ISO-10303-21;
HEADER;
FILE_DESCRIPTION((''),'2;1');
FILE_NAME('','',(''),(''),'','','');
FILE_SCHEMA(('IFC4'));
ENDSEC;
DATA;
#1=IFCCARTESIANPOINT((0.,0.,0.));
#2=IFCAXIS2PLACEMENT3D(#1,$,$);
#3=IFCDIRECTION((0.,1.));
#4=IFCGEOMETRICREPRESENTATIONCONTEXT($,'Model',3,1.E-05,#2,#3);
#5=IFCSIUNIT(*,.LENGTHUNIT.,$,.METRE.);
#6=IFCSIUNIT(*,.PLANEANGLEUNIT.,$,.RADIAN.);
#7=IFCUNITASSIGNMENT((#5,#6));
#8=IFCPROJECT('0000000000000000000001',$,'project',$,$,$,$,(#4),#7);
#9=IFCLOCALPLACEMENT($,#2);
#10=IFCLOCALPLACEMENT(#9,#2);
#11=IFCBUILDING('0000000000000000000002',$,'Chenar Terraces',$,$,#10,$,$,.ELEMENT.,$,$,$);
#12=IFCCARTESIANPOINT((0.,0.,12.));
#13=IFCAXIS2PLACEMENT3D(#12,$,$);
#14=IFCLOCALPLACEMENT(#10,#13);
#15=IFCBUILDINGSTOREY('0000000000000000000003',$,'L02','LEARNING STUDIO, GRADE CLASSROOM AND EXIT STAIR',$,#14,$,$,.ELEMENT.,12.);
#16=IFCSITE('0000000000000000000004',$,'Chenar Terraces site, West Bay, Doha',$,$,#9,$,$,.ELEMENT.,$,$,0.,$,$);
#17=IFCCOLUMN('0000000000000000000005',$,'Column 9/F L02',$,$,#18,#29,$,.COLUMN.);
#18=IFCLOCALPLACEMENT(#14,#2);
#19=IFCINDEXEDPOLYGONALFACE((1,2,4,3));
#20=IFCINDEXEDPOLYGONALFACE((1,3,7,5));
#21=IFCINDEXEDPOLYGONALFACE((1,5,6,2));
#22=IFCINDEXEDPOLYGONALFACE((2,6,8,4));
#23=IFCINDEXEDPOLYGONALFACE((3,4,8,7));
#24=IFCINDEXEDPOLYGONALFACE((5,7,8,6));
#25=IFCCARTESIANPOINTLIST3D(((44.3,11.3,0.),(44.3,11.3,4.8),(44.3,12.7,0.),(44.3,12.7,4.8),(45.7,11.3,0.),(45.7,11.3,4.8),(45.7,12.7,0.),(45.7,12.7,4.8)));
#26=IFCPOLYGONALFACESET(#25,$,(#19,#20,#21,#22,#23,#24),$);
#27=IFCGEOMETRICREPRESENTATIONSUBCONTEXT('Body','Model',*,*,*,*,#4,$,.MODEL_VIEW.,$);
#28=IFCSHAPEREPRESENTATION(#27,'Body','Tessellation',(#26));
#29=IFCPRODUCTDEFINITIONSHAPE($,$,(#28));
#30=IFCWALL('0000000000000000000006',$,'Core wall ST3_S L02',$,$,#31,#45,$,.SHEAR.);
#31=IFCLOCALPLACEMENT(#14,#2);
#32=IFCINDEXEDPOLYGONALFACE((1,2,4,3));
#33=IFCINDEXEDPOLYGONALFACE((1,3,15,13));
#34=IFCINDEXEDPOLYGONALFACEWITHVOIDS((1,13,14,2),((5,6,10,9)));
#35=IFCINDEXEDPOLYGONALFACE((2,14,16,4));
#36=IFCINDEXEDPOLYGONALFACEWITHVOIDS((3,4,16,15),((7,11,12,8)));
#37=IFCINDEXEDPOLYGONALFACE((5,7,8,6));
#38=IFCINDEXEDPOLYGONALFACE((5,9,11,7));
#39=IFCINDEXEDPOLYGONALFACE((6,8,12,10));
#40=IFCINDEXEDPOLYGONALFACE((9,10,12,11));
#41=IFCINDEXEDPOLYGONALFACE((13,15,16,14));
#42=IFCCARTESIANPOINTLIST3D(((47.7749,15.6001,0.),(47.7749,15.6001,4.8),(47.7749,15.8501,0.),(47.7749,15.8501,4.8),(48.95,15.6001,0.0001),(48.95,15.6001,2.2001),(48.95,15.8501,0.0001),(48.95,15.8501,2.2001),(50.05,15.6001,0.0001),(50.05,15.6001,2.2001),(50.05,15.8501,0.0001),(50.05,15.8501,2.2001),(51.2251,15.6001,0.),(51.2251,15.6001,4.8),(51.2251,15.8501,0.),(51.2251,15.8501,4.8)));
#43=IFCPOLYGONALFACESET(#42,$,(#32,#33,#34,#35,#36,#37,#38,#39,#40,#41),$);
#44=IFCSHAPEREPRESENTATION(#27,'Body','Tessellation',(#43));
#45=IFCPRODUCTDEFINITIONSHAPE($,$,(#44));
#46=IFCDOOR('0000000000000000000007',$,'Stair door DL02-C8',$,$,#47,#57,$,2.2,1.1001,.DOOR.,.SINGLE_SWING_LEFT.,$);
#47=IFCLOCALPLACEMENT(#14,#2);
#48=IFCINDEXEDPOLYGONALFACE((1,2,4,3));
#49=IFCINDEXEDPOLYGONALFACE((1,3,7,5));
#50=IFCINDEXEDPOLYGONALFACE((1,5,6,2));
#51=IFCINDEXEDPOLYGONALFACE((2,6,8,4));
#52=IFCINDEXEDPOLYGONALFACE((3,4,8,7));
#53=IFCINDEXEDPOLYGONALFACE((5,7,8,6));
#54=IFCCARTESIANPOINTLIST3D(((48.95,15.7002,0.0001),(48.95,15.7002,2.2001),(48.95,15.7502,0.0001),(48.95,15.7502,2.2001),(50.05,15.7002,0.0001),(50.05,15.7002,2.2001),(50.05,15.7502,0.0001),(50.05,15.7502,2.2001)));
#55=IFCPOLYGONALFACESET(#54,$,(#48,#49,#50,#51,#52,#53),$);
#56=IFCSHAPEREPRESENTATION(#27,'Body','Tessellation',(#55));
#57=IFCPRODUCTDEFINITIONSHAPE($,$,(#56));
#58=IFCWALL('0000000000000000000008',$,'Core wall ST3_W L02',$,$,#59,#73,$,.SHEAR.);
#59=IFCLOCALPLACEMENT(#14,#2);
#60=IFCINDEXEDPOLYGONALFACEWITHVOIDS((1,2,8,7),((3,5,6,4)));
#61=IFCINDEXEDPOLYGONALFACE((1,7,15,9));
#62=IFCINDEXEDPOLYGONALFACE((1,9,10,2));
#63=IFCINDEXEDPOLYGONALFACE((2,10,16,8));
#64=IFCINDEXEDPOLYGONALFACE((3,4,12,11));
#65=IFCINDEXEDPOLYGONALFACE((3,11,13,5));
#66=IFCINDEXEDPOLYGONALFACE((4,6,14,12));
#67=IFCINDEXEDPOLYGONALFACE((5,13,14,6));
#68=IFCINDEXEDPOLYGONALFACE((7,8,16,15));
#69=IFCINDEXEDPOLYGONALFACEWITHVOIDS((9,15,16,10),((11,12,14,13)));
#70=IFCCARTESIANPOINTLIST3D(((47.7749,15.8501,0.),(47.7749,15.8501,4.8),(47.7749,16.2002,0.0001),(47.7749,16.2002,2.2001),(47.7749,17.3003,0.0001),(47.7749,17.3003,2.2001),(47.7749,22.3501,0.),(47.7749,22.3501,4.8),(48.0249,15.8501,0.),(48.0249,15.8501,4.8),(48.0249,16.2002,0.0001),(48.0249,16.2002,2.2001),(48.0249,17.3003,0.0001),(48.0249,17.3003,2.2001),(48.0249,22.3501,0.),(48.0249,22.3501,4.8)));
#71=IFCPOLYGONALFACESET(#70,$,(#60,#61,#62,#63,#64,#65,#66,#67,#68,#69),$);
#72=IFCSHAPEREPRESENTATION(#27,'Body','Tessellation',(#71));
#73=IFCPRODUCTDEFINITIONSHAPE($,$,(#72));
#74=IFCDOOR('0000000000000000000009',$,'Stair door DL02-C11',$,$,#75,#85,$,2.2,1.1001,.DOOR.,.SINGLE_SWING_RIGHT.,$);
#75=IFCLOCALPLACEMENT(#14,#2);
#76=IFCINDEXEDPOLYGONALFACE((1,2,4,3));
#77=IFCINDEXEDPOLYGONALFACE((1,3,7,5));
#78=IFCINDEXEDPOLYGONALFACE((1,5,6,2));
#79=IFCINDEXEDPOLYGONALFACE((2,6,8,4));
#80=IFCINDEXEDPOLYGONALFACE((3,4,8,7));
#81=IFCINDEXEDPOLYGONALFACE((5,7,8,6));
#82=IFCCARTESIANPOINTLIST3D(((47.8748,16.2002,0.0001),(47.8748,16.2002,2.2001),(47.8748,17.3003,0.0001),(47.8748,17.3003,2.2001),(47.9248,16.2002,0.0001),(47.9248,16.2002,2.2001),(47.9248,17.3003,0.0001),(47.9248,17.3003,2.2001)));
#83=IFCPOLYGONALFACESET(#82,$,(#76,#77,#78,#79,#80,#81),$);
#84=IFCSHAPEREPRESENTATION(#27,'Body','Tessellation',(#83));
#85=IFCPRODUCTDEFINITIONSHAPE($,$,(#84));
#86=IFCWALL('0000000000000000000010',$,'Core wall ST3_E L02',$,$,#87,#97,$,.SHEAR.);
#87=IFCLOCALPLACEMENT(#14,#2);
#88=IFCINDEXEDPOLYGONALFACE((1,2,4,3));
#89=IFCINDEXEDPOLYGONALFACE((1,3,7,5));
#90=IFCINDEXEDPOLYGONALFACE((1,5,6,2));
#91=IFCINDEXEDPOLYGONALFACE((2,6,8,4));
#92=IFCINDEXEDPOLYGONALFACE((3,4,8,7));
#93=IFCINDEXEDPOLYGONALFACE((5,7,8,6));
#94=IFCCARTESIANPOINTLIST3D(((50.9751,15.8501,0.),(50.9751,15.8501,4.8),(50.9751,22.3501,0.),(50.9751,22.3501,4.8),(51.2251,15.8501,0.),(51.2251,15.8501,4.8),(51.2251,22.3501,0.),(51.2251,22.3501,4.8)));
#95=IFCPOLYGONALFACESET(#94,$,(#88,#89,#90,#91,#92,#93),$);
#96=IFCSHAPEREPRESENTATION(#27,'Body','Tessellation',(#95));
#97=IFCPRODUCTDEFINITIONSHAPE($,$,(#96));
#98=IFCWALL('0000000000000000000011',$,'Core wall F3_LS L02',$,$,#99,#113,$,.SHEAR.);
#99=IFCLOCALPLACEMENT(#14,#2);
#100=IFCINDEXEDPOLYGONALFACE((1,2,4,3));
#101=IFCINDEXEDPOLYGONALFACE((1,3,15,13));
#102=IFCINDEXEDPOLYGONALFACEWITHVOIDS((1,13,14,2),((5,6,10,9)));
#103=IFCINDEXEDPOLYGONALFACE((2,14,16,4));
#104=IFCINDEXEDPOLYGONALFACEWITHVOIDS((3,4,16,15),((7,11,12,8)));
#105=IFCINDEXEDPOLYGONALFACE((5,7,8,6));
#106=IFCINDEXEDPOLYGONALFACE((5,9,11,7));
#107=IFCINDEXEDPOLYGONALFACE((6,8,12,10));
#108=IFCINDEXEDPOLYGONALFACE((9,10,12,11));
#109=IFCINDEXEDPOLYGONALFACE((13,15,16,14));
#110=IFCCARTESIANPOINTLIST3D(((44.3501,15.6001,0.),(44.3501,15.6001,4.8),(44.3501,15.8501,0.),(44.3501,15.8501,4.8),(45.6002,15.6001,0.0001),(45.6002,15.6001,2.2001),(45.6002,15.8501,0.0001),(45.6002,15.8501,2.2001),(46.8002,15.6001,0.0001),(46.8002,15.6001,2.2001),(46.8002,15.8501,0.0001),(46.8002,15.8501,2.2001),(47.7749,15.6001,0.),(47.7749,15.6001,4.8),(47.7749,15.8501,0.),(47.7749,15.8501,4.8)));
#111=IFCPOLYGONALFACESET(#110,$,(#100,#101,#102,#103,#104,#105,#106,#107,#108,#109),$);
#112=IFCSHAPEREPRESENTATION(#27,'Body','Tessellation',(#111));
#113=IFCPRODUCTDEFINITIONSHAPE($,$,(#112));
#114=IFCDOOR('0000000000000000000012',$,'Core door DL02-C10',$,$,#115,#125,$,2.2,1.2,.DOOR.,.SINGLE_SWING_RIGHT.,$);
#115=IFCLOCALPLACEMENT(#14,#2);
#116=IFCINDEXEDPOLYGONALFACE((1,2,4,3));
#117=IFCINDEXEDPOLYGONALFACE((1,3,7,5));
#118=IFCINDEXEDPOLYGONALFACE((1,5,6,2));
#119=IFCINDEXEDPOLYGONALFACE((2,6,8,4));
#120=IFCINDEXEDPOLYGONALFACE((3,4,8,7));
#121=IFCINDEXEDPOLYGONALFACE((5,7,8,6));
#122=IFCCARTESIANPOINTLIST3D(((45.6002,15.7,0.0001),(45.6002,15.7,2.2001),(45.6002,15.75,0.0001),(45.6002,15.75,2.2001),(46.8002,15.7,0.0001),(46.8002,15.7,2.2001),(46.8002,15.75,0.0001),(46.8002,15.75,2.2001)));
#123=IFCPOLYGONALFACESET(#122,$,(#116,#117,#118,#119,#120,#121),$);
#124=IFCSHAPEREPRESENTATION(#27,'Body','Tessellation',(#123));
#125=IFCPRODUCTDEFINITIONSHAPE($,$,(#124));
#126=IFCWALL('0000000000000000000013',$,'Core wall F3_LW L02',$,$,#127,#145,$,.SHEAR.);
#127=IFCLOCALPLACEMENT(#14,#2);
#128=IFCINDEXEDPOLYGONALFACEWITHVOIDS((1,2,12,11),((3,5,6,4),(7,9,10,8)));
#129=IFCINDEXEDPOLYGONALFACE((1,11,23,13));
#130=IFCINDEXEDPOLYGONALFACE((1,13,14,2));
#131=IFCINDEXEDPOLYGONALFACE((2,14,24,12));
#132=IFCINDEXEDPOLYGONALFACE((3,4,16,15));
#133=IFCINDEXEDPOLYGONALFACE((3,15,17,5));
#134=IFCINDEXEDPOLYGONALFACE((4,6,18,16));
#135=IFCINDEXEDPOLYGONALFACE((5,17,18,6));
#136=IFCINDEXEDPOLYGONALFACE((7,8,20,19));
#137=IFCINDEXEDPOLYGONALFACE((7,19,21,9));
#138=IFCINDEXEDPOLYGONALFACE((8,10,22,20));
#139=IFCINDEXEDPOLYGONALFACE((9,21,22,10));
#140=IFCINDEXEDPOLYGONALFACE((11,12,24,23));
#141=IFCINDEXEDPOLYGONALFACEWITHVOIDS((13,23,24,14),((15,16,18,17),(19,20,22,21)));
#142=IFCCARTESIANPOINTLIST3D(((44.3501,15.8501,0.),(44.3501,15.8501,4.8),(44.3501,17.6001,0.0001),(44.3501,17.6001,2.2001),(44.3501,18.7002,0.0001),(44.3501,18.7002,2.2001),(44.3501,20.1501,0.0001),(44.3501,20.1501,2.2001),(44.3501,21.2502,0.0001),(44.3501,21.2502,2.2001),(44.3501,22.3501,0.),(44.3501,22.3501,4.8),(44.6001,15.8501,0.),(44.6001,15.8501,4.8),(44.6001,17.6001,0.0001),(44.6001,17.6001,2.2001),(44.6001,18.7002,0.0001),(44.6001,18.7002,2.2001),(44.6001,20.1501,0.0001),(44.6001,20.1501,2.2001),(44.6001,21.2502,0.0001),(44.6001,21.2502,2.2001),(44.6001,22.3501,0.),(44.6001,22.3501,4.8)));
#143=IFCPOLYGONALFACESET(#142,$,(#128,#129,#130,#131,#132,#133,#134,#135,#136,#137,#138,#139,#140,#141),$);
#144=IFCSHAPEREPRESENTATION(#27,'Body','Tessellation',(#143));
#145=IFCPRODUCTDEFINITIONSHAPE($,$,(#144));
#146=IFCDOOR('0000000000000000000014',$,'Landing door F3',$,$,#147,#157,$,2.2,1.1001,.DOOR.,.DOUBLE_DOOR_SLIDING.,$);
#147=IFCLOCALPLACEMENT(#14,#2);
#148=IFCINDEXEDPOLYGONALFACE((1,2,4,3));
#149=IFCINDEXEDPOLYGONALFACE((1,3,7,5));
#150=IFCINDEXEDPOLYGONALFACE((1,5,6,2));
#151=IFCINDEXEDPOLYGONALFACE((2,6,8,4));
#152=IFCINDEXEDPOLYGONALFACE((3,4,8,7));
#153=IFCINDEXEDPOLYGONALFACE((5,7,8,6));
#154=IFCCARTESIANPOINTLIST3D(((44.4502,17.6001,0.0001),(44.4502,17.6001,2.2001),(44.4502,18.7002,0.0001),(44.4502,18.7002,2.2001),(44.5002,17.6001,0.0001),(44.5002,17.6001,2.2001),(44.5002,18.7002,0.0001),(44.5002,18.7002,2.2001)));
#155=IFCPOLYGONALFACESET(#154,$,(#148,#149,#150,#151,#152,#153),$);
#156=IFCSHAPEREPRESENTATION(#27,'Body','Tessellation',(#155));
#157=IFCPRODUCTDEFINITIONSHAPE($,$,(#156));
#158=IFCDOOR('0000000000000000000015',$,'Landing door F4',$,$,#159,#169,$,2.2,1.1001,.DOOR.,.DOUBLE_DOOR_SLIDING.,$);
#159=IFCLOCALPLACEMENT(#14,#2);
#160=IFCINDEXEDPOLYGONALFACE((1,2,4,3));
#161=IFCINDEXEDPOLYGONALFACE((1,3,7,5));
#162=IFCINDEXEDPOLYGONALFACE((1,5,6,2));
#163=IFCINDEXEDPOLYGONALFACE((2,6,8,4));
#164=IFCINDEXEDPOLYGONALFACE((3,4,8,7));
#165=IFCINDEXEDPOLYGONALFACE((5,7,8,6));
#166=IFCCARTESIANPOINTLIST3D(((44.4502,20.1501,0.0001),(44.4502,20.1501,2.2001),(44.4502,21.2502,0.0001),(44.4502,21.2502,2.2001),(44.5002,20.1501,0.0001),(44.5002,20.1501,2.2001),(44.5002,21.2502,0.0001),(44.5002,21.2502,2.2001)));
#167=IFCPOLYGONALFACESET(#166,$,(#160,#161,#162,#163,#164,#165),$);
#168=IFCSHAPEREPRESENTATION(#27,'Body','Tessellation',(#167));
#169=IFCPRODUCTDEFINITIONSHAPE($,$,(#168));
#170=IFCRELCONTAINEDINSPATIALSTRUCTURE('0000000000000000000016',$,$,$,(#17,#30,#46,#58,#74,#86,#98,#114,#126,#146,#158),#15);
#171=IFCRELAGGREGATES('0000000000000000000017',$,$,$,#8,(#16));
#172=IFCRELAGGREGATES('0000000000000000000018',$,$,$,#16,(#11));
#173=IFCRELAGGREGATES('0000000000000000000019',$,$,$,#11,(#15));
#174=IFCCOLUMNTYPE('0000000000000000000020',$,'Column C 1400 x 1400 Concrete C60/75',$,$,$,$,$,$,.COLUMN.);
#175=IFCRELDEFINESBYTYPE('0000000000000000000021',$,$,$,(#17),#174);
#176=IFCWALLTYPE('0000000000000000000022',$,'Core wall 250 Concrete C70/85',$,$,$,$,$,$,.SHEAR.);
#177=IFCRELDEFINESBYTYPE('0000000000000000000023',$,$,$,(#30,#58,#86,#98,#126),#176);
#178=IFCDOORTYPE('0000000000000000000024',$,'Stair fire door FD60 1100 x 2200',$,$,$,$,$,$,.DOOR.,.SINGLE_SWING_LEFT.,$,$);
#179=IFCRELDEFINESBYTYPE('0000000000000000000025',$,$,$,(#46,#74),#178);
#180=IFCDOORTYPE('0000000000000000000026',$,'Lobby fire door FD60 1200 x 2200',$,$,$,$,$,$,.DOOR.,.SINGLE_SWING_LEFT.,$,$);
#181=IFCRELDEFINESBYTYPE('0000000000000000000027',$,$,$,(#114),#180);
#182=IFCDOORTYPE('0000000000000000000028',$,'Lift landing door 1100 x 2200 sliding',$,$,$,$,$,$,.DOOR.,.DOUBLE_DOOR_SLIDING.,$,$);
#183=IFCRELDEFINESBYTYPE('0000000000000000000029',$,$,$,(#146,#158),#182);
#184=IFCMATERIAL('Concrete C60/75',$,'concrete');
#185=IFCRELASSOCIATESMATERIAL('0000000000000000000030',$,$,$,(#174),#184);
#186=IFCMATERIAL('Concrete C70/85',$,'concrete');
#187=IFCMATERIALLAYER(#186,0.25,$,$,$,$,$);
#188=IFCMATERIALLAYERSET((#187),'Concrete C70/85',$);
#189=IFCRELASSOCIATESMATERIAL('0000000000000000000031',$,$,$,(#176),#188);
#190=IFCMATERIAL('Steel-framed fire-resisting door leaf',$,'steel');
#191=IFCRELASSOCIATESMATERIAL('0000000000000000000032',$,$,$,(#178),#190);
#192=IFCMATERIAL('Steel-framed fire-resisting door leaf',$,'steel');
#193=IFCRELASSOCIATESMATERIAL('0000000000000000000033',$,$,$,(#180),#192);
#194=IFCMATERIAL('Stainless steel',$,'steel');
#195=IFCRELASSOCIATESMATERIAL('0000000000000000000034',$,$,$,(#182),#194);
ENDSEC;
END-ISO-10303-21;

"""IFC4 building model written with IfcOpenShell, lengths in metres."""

from ifc_helpers import new_model, si_unit, direction, frame, frame_2d, origin, origin_2d, place, context, subcontext, project, spatial, rectangle, extrude, material, layer, layer_set, material_profile, profile_set, type_object, element, fill, save


model = new_model("IFC4")

# Units and contexts
model_context = context("Model", 3, precision=1e-05, world=origin(), true_north=direction((0.0, 1.0)))
body_context = subcontext(model_context, "Body", "Model", "MODEL_VIEW")
ifc_project = project(units=[si_unit("LENGTHUNIT", "METRE"), si_unit("PLANEANGLEUNIT", "RADIAN")], contexts=[model_context])

# Site, building, storey
site_placement = place(None, origin())
site = spatial("IfcSite", under=ifc_project, at=site_placement, Name="Chenar Terraces site, West Bay, Doha", CompositionType="ELEMENT", RefElevation=0.0)
building_placement = place(site_placement, origin())
building = spatial("IfcBuilding", under=site, at=building_placement, Name="Chenar Terraces", CompositionType="ELEMENT")
storey_placement = place(building_placement, frame((0.0, 0.0, 12.0)))
storey = spatial("IfcBuildingStorey", under=building, at=storey_placement, Name="L02", Description="LEARNING STUDIO, GRADE CLASSROOM AND EXIT STAIR", CompositionType="ELEMENT", Elevation=12.0)

# Column
ifc_material_1 = material(Name="Concrete C60/75", Category="concrete")
ifc_material_profile = material_profile(ifc_material_1, rectangle(XDim=1.3999, YDim=1.3999, at=origin_2d()), Name="C 1400 x 1400")
ifc_profile_set = profile_set([ifc_material_profile], Name="Concrete C60/75")
column_type = type_object("IfcColumnType", Name="Column C 1400 x 1400 Concrete C60/75", PredefinedType="COLUMN", material=ifc_profile_set)
column_placement = place(storey_placement, frame((45.0, 12.0, 0.0), z_axis=(0.0, 0.0, 1.0), x_axis=(1.0, 0.0, 0.0)))
element("IfcColumn", 1, at=column_placement, inside=storey, type_object=column_type, Name="Column 9/F L02", PredefinedType="COLUMN", context=body_context, shape_type="SweptSolid", body=[
    extrude(rectangle(XDim=1.3999, YDim=1.3999, at=origin_2d()), origin(), (0.0, 0.0, 1.0), 4.8),
])

# Walls, openings, doors
ifc_material_2 = material(Name="Concrete C70/85", Category="concrete")
ifc_layer_1 = layer(ifc_material_2, 0.25)
ifc_layer_set_1 = layer_set([ifc_layer_1], Name="Concrete C70/85")
wall_type_1 = type_object("IfcWallType", Name="Core wall 250 Concrete C70/85", PredefinedType="SHEAR", material=ifc_layer_set_1)
wall_1_placement = place(storey_placement, frame((47.7749, 15.7251, 0.0), z_axis=(0.0, 0.0, 1.0), x_axis=(1.0, 0.0, 0.0)))
wall_1 = element("IfcWall", 2, at=wall_1_placement, inside=storey, type_object=wall_type_1, Name="Core wall ST3_S L02", PredefinedType="SHEAR", context=body_context, shape_type="SweptSolid", body=[
    extrude(rectangle(XDim=3.4502, YDim=0.25, at=frame_2d((1.7251, 0.0))), origin(), (0.0, 0.0, 1.0), 4.8),
])
opening_1_placement = place(wall_1_placement, frame((1.175, 0.0, 0.0)))
opening_1 = element("IfcOpeningElement", 3, at=opening_1_placement, cuts=wall_1, PredefinedType="OPENING", context=body_context, shape_type="SweptSolid", body=[
    extrude(rectangle(XDim=1.1001, YDim=2.2, at=frame_2d((0.55, 1.1001))), frame((0.0, 0.135, 0.0), z_axis=(0.0, -1.0, 0.0), x_axis=(1.0, 0.0, 0.0)), (0.0, 0.0, 1.0), 0.27),
])
ifc_material_3 = material(Name="Steel-framed fire-resisting door leaf", Category="steel")
door_type_1 = type_object("IfcDoorType", Name="Stair fire door FD60 1100 x 2200", OperationType="SINGLE_SWING_LEFT", PredefinedType="DOOR", material=ifc_material_3)
door_1_placement = place(opening_1_placement, frame((1.1001, 0.0, 0.0), z_axis=(0.0, 0.0, 1.0), x_axis=(-1.0, 0.0, 0.0)))
door_1 = element("IfcDoor", 4, at=door_1_placement, inside=storey, type_object=door_type_1, Name="Stair door DL02-C8", OperationType="SINGLE_SWING_LEFT", OverallHeight=2.2, OverallWidth=1.1001, PredefinedType="DOOR", context=body_context, shape_type="SweptSolid", body=[
    extrude(rectangle(XDim=1.1001, YDim=2.2, at=frame_2d((0.55, 1.1001))), frame((0.0, 0.0249, 0.0), z_axis=(0.0, -1.0, 0.0), x_axis=(1.0, 0.0, 0.0)), (0.0, 0.0, 1.0), 0.05),
])
fill(opening_1, door_1)
wall_2_placement = place(storey_placement, frame((47.8999, 15.8501, 0.0), z_axis=(0.0, 0.0, 1.0), x_axis=(0.0, 1.0, 0.0)))
wall_2 = element("IfcWall", 5, at=wall_2_placement, inside=storey, type_object=wall_type_1, Name="Core wall ST3_W L02", PredefinedType="SHEAR", context=body_context, shape_type="SweptSolid", body=[
    extrude(rectangle(XDim=6.5, YDim=0.25, at=frame_2d((3.25, 0.0))), origin(), (0.0, 0.0, 1.0), 4.8),
])
opening_2_placement = place(wall_2_placement, frame((0.3501, 0.0, 0.0)))
opening_2 = element("IfcOpeningElement", 6, at=opening_2_placement, cuts=wall_2, PredefinedType="OPENING", context=body_context, shape_type="SweptSolid", body=[
    extrude(rectangle(XDim=1.1001, YDim=2.2, at=frame_2d((0.55, 1.1001))), frame((0.0, 0.135, 0.0), z_axis=(0.0, -1.0, 0.0), x_axis=(1.0, 0.0, 0.0)), (0.0, 0.0, 1.0), 0.27),
])
door_2_placement = place(opening_2_placement, frame((1.1001, 0.0, 0.0), z_axis=(0.0, 0.0, 1.0), x_axis=(-1.0, 0.0, 0.0)))
door_2 = element("IfcDoor", 7, at=door_2_placement, inside=storey, type_object=door_type_1, Name="Stair door DL02-C11", OperationType="SINGLE_SWING_RIGHT", OverallHeight=2.2, OverallWidth=1.1001, PredefinedType="DOOR", context=body_context, shape_type="SweptSolid", body=[
    extrude(rectangle(XDim=1.1001, YDim=2.2, at=frame_2d((0.55, 1.1001))), frame((0.0, 0.0249, 0.0), z_axis=(0.0, -1.0, 0.0), x_axis=(1.0, 0.0, 0.0)), (0.0, 0.0, 1.0), 0.05),
])
fill(opening_2, door_2)

# Wall
wall_3_placement = place(storey_placement, frame((51.1001, 15.8501, 0.0), z_axis=(0.0, 0.0, 1.0), x_axis=(0.0, 1.0, 0.0)))
element("IfcWall", 8, at=wall_3_placement, inside=storey, type_object=wall_type_1, Name="Core wall ST3_E L02", PredefinedType="SHEAR", context=body_context, shape_type="SweptSolid", body=[
    extrude(rectangle(XDim=6.5, YDim=0.25, at=frame_2d((3.25, 0.0))), origin(), (0.0, 0.0, 1.0), 4.8),
])

# Wall, opening, door
wall_4_placement = place(storey_placement, frame((44.3501, 15.7251, 0.0), z_axis=(0.0, 0.0, 1.0), x_axis=(1.0, 0.0, 0.0)))
wall_4 = element("IfcWall", 9, at=wall_4_placement, inside=storey, type_object=wall_type_1, Name="Core wall F3_LS L02", PredefinedType="SHEAR", context=body_context, shape_type="SweptSolid", body=[
    extrude(rectangle(XDim=3.4248, YDim=0.25, at=frame_2d((1.7124, 0.0))), origin(), (0.0, 0.0, 1.0), 4.8),
])
opening_3_placement = place(wall_4_placement, frame((1.25, 0.0, 0.0)))
opening_3 = element("IfcOpeningElement", 10, at=opening_3_placement, cuts=wall_4, PredefinedType="OPENING", context=body_context, shape_type="SweptSolid", body=[
    extrude(rectangle(XDim=1.2, YDim=2.2, at=frame_2d((0.6001, 1.1001))), frame((0.0, 0.135, 0.0), z_axis=(0.0, -1.0, 0.0), x_axis=(1.0, 0.0, 0.0)), (0.0, 0.0, 1.0), 0.27),
])
ifc_material_4 = material(Name="Steel-framed fire-resisting door leaf", Category="steel")
door_type_2 = type_object("IfcDoorType", Name="Lobby fire door FD60 1200 x 2200", OperationType="SINGLE_SWING_LEFT", PredefinedType="DOOR", material=ifc_material_4)
door_3_placement = place(opening_3_placement, origin())
door_3 = element("IfcDoor", 11, at=door_3_placement, inside=storey, type_object=door_type_2, Name="Core door DL02-C10", OperationType="SINGLE_SWING_RIGHT", OverallHeight=2.2, OverallWidth=1.2, PredefinedType="DOOR", context=body_context, shape_type="SweptSolid", body=[
    extrude(rectangle(XDim=1.2, YDim=2.2, at=frame_2d((0.6001, 1.1001))), frame((0.0, 0.0249, 0.0), z_axis=(0.0, -1.0, 0.0), x_axis=(1.0, 0.0, 0.0)), (0.0, 0.0, 1.0), 0.05),
])
fill(opening_3, door_3)

# Wall, openings, doors
wall_5_placement = place(storey_placement, frame((44.4751, 15.8501, 0.0), z_axis=(0.0, 0.0, 1.0), x_axis=(0.0, 1.0, 0.0)))
wall_5 = element("IfcWall", 12, at=wall_5_placement, inside=storey, type_object=wall_type_1, Name="Core wall F3_LW L02", PredefinedType="SHEAR", context=body_context, shape_type="SweptSolid", body=[
    extrude(rectangle(XDim=6.5, YDim=0.25, at=frame_2d((3.25, 0.0))), origin(), (0.0, 0.0, 1.0), 4.8),
])
opening_4_placement = place(wall_5_placement, frame((1.75, 0.0, 0.0)))
opening_4 = element("IfcOpeningElement", 13, at=opening_4_placement, cuts=wall_5, PredefinedType="OPENING", context=body_context, shape_type="SweptSolid", body=[
    extrude(rectangle(XDim=1.1001, YDim=2.2, at=frame_2d((0.55, 1.1001))), frame((0.0, 0.135, 0.0), z_axis=(0.0, -1.0, 0.0), x_axis=(1.0, 0.0, 0.0)), (0.0, 0.0, 1.0), 0.27),
])
opening_5_placement = place(wall_5_placement, frame((4.3, 0.0, 0.0)))
opening_5 = element("IfcOpeningElement", 14, at=opening_5_placement, cuts=wall_5, PredefinedType="OPENING", context=body_context, shape_type="SweptSolid", body=[
    extrude(rectangle(XDim=1.1001, YDim=2.2, at=frame_2d((0.55, 1.1001))), frame((0.0, 0.135, 0.0), z_axis=(0.0, -1.0, 0.0), x_axis=(1.0, 0.0, 0.0)), (0.0, 0.0, 1.0), 0.27),
])
ifc_material_5 = material(Name="Stainless steel", Category="steel")
door_type_3 = type_object("IfcDoorType", Name="Lift landing door 1100 x 2200 sliding", OperationType="DOUBLE_DOOR_SLIDING", PredefinedType="DOOR", material=ifc_material_5)
door_4_placement = place(opening_4_placement, origin())
door_4 = element("IfcDoor", 15, at=door_4_placement, inside=storey, type_object=door_type_3, Name="Landing door F3", OperationType="DOUBLE_DOOR_SLIDING", OverallHeight=2.2, OverallWidth=1.1001, PredefinedType="DOOR", context=body_context, shape_type="SweptSolid", body=[
    extrude(rectangle(XDim=1.1001, YDim=2.2, at=frame_2d((0.55, 1.1001))), frame((0.0, 0.0249, 0.0), z_axis=(0.0, -1.0, 0.0), x_axis=(1.0, 0.0, 0.0)), (0.0, 0.0, 1.0), 0.05),
])
fill(opening_4, door_4)
door_5_placement = place(opening_5_placement, origin())
door_5 = element("IfcDoor", 16, at=door_5_placement, inside=storey, type_object=door_type_3, Name="Landing door F4", OperationType="DOUBLE_DOOR_SLIDING", OverallHeight=2.2, OverallWidth=1.1001, PredefinedType="DOOR", context=body_context, shape_type="SweptSolid", body=[
    extrude(rectangle(XDim=1.1001, YDim=2.2, at=frame_2d((0.55, 1.1001))), frame((0.0, 0.0249, 0.0), z_axis=(0.0, -1.0, 0.0), x_axis=(1.0, 0.0, 0.0)), (0.0, 0.0, 1.0), 0.05),
])
fill(opening_5, door_5)

save(model, "model.ifc")
